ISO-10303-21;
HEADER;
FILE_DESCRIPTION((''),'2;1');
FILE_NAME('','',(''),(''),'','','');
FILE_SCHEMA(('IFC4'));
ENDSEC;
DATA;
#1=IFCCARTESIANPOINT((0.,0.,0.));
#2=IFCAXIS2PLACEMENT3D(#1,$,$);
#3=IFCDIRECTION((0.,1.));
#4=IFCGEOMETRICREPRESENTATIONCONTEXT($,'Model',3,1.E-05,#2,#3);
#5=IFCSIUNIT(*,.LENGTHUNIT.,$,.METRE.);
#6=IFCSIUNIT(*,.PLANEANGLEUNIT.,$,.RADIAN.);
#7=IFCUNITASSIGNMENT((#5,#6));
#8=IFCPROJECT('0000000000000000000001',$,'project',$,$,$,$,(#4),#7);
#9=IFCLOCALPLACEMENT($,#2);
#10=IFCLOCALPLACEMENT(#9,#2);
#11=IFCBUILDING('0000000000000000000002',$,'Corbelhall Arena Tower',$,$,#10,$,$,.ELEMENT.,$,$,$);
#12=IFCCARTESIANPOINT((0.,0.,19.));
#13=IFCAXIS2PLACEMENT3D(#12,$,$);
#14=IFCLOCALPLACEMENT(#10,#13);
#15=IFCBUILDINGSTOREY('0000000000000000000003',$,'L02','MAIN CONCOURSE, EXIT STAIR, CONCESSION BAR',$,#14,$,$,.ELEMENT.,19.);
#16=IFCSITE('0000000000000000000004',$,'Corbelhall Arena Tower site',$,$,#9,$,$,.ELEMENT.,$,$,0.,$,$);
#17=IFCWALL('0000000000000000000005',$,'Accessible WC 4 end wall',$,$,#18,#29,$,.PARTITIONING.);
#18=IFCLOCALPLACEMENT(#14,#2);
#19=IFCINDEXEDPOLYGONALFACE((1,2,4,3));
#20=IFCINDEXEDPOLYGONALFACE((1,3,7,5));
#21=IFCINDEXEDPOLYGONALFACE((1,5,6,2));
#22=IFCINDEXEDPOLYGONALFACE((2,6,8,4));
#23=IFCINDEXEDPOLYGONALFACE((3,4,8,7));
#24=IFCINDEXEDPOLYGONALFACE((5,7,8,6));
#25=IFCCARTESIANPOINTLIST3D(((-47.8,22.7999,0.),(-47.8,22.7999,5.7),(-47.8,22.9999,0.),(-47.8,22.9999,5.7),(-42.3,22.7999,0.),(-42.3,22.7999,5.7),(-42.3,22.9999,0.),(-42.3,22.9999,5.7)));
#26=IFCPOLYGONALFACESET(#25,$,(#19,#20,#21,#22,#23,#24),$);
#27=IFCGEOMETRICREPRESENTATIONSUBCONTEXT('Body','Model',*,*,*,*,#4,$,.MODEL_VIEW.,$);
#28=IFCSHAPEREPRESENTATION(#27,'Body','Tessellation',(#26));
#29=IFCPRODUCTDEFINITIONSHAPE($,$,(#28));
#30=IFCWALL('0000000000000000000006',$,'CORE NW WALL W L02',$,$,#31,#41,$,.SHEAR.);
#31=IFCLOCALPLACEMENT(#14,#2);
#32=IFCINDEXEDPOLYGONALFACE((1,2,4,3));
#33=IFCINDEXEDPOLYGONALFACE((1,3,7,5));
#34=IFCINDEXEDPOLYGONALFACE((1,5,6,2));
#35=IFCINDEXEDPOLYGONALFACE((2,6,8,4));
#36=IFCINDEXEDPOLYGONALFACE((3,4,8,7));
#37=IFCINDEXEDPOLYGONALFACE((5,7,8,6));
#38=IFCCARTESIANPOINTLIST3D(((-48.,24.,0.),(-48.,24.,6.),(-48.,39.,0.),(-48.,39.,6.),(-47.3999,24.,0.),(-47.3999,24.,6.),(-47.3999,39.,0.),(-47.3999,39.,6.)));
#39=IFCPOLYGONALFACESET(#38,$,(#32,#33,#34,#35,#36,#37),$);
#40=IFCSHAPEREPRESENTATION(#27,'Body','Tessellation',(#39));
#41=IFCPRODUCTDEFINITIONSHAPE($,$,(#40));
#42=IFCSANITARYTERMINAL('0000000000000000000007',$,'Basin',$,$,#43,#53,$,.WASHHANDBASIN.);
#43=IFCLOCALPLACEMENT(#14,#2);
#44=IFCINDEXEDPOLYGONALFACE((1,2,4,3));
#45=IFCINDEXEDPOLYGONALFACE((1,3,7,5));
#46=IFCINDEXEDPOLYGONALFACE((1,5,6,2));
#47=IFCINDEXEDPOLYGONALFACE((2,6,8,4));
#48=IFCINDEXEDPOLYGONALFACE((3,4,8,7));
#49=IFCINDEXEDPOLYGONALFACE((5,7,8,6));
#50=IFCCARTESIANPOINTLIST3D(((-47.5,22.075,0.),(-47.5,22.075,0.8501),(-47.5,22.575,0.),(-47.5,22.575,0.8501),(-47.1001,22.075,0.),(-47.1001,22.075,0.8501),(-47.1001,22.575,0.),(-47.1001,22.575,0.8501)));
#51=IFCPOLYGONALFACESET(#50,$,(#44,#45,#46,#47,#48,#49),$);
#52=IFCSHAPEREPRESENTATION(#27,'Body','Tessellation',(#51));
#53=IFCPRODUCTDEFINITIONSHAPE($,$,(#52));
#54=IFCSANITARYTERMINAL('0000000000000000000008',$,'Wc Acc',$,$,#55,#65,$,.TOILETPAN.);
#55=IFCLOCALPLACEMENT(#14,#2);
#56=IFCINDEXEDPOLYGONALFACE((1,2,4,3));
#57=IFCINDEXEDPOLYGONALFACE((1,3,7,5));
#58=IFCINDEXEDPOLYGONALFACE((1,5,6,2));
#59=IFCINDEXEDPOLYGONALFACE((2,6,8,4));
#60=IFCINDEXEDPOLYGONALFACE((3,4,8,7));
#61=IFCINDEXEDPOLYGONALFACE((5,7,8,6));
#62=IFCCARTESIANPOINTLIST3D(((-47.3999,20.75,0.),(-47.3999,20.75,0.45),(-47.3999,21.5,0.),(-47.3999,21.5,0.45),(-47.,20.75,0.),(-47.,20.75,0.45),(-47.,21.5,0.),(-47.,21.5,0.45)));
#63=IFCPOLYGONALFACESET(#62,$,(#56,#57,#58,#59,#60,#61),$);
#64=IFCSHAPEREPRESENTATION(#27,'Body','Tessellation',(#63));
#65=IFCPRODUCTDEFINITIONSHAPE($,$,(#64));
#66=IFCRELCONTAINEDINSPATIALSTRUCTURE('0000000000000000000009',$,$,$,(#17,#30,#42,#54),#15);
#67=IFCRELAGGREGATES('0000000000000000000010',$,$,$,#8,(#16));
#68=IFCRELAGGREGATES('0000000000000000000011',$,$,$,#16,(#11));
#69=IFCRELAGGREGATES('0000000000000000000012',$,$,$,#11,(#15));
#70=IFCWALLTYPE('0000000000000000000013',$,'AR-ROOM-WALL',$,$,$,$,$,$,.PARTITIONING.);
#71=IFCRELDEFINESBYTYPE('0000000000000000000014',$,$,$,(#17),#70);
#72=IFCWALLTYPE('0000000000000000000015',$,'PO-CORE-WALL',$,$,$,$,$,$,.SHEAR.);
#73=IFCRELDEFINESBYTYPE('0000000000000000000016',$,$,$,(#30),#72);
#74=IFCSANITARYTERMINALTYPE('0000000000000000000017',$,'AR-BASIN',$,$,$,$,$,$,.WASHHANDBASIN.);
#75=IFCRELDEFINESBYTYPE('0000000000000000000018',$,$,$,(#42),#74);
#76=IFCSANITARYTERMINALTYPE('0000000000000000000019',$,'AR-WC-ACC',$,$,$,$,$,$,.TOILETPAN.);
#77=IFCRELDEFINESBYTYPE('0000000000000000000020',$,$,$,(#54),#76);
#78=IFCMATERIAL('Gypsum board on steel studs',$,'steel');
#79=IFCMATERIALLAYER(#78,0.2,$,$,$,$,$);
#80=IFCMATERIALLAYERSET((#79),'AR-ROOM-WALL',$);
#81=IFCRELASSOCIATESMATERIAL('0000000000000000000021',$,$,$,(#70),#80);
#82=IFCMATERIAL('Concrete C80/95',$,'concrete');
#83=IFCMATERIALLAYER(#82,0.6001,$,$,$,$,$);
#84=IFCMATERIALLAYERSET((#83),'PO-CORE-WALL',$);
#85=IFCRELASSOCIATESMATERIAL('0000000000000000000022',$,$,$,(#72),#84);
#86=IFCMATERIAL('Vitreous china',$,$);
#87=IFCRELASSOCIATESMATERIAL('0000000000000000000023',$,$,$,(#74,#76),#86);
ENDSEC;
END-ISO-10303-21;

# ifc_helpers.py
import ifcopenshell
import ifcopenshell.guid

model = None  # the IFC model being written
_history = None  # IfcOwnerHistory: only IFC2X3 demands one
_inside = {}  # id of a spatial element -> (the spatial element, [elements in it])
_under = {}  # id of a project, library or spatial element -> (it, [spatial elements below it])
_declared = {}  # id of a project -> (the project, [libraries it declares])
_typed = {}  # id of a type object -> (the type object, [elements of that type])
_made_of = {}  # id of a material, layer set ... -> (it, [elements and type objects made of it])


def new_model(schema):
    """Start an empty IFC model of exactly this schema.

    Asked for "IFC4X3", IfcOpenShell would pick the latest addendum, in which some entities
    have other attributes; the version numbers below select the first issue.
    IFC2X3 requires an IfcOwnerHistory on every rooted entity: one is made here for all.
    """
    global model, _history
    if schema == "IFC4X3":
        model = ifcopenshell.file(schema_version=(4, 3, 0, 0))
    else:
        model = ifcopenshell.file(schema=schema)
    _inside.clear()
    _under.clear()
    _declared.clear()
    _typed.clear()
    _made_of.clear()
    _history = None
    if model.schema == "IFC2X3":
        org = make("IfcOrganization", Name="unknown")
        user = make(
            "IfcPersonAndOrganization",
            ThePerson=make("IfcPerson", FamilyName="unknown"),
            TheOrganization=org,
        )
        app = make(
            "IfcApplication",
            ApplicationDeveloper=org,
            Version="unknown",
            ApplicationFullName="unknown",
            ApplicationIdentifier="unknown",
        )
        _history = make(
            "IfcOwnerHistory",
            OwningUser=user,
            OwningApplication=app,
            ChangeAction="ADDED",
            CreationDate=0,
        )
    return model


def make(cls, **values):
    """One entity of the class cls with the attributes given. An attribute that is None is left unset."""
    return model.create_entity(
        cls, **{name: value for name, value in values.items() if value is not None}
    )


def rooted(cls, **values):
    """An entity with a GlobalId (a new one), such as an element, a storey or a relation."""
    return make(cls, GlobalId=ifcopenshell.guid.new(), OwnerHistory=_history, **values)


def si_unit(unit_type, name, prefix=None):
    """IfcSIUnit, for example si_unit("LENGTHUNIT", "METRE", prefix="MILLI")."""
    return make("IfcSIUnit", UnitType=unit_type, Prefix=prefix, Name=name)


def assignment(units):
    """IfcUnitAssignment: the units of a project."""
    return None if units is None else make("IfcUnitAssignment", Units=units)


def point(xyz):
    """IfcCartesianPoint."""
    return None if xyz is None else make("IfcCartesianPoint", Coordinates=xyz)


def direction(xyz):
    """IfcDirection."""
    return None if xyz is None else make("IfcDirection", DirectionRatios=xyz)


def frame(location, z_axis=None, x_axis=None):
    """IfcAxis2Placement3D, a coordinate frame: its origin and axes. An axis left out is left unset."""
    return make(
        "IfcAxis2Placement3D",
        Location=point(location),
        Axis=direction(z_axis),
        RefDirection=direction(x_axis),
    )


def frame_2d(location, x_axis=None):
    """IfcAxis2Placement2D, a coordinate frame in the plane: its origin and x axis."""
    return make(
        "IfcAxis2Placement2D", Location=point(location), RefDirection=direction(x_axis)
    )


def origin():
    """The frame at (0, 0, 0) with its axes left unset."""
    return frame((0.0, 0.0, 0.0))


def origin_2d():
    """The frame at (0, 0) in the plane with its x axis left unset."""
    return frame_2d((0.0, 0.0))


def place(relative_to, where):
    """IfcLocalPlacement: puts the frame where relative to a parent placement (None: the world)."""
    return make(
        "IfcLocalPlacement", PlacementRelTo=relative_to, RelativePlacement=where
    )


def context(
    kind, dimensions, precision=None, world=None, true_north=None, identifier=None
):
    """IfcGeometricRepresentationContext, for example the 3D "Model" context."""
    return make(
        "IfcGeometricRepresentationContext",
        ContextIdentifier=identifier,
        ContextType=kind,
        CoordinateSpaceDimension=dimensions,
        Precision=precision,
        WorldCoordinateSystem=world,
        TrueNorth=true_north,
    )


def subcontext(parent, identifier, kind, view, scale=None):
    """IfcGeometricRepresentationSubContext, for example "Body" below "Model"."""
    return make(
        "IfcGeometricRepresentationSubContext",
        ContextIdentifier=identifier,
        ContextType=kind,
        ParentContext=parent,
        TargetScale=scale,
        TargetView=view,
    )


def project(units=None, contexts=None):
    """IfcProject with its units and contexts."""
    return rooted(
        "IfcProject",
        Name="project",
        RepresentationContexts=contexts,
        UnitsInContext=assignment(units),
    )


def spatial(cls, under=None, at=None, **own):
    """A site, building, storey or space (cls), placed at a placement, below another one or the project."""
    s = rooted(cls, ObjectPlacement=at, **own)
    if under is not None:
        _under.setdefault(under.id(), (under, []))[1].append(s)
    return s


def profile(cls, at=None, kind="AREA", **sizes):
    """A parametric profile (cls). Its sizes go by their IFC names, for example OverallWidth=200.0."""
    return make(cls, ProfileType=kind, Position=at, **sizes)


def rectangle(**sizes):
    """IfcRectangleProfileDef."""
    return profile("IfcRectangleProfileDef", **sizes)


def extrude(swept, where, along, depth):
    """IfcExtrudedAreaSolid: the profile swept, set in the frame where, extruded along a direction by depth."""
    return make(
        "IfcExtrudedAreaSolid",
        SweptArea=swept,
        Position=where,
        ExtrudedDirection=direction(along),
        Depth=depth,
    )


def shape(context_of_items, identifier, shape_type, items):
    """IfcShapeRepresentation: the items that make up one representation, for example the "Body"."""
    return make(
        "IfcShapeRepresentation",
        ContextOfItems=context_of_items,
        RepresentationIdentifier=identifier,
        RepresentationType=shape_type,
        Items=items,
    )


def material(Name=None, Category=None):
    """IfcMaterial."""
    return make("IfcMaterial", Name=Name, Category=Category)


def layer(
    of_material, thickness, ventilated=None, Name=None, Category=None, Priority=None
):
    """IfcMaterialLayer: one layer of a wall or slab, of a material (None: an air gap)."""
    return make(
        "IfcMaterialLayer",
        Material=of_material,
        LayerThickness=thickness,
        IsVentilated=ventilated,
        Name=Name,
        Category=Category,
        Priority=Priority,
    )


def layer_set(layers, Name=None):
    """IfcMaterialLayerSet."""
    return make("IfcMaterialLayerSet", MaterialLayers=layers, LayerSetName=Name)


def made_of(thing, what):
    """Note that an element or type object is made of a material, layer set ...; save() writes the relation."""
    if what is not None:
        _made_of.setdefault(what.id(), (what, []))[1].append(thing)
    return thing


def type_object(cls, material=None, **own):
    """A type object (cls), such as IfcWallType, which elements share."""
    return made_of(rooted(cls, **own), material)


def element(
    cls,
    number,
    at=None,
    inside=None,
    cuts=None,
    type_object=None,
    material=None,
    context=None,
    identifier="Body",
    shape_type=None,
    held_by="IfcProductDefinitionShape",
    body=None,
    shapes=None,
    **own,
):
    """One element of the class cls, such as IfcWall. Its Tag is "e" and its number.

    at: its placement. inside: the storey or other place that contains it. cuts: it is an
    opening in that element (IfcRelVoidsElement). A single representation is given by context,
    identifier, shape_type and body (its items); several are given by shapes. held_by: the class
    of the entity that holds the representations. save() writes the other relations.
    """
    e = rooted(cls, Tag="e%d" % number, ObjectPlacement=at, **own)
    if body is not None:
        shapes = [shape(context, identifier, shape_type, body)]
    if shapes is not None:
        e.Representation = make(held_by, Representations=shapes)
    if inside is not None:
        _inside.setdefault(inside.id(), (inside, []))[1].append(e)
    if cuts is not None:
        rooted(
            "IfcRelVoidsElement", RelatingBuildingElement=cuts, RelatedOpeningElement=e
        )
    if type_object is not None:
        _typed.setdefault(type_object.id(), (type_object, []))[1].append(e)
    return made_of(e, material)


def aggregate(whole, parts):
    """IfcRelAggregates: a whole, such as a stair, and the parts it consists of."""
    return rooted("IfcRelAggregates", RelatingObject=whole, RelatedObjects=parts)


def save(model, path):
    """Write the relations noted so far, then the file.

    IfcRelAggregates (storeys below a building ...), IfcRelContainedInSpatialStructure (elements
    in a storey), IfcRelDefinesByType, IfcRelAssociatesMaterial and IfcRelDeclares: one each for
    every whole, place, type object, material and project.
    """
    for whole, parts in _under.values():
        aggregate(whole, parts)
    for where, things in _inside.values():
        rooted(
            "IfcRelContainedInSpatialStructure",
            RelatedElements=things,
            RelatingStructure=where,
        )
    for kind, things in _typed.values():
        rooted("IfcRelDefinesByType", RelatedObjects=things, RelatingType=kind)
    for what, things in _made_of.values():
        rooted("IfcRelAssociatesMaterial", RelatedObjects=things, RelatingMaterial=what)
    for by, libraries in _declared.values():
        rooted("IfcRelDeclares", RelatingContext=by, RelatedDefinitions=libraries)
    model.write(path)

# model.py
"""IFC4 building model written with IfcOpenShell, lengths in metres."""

from ifc_helpers import new_model, si_unit, direction, frame, frame_2d, origin, origin_2d, place, context, subcontext, project, spatial, rectangle, extrude, material, layer, layer_set, type_object, element, save


model = new_model("IFC4")

# Units and contexts
model_context = context("Model", 3, precision=1e-05, world=origin(), true_north=direction((0.0, 1.0)))
body_context = subcontext(model_context, "Body", "Model", "MODEL_VIEW")
ifc_project = project(units=[si_unit("LENGTHUNIT", "METRE"), si_unit("PLANEANGLEUNIT", "RADIAN")], contexts=[model_context])

# Site, building, storey
site_placement = place(None, origin())
site = spatial("IfcSite", under=ifc_project, at=site_placement, Name="Corbelhall Arena Tower site", CompositionType="ELEMENT", RefElevation=0.0)
building_placement = place(site_placement, origin())
building = spatial("IfcBuilding", under=site, at=building_placement, Name="Corbelhall Arena Tower", CompositionType="ELEMENT")
storey_placement = place(building_placement, frame((0.0, 0.0, 19.0)))
storey = spatial("IfcBuildingStorey", under=building, at=storey_placement, Name="L02", Description="MAIN CONCOURSE, EXIT STAIR, CONCESSION BAR", CompositionType="ELEMENT", Elevation=19.0)

# Shared definitions
ifc_material_1 = material(Name="Concrete C80/95", Category="concrete")

# Wall
ifc_material_2 = material(Name="Gypsum board on steel studs", Category="steel")
ifc_layer_1 = layer(ifc_material_2, 0.2)
ifc_layer_set_1 = layer_set([ifc_layer_1], Name="AR-ROOM-WALL")
wall_type_1 = type_object("IfcWallType", Name="AR-ROOM-WALL", PredefinedType="PARTITIONING", material=ifc_layer_set_1)
for number, where, z_axis, x_axis, name in (
    (1, (-42.3, 22.8999, 0.0), (0.0, 0.0, 1.0), (-1.0, 0.0, 0.0), "Accessible WC 4 end wall"),
):
    element("IfcWall", number, at=place(storey_placement, frame(where, z_axis=z_axis, x_axis=x_axis)), inside=storey, type_object=wall_type_1, Name=name, PredefinedType="PARTITIONING", context=body_context, shape_type="SweptSolid", body=[
        extrude(rectangle(XDim=5.5, YDim=0.2, at=frame_2d((2.75, 0.0))), origin(), (0.0, 0.0, 1.0), 5.7),
    ])

# Wall
ifc_layer_2 = layer(ifc_material_1, 0.6001)
ifc_layer_set_2 = layer_set([ifc_layer_2], Name="PO-CORE-WALL")
wall_type_2 = type_object("IfcWallType", Name="PO-CORE-WALL", PredefinedType="SHEAR", material=ifc_layer_set_2)
wall_1_placement = place(storey_placement, frame((-47.7, 24.0, 0.0), z_axis=(0.0, 0.0, 1.0), x_axis=(0.0, 1.0, 0.0)))
element("IfcWall", 2, at=wall_1_placement, inside=storey, type_object=wall_type_2, Name="CORE NW WALL W L02", PredefinedType="SHEAR", context=body_context, shape_type="SweptSolid", body=[
    extrude(rectangle(XDim=15.0, YDim=0.6001, at=frame_2d((7.5, 0.0))), origin(), (0.0, 0.0, 1.0), 6.0),
])

# Sanitary terminals
ifc_material_3 = material(Name="Vitreous china")
sanitary_terminal_type_1 = type_object("IfcSanitaryTerminalType", Name="AR-BASIN", PredefinedType="WASHHANDBASIN", material=ifc_material_3)
sanitary_terminal_1_placement = place(storey_placement, frame((-47.3, 22.325, 0.0), z_axis=(0.0, 0.0, 1.0), x_axis=(1.0, 0.0, 0.0)))
element("IfcSanitaryTerminal", 3, at=sanitary_terminal_1_placement, inside=storey, type_object=sanitary_terminal_type_1, Name="Basin", PredefinedType="WASHHANDBASIN", context=body_context, shape_type="SweptSolid", body=[
    extrude(rectangle(XDim=0.3999, YDim=0.5, at=origin_2d()), origin(), (0.0, 0.0, 1.0), 0.8501),
])
sanitary_terminal_type_2 = type_object("IfcSanitaryTerminalType", Name="AR-WC-ACC", PredefinedType="TOILETPAN", material=ifc_material_3)
sanitary_terminal_2_placement = place(storey_placement, frame((-47.2, 21.125, 0.0), z_axis=(0.0, 0.0, 1.0), x_axis=(1.0, 0.0, 0.0)))
element("IfcSanitaryTerminal", 4, at=sanitary_terminal_2_placement, inside=storey, type_object=sanitary_terminal_type_2, Name="Wc Acc", PredefinedType="TOILETPAN", context=body_context, shape_type="SweptSolid", body=[
    extrude(rectangle(XDim=0.3999, YDim=0.75, at=origin_2d()), origin(), (0.0, 0.0, 1.0), 0.45),
])

save(model, "model.ifc")
